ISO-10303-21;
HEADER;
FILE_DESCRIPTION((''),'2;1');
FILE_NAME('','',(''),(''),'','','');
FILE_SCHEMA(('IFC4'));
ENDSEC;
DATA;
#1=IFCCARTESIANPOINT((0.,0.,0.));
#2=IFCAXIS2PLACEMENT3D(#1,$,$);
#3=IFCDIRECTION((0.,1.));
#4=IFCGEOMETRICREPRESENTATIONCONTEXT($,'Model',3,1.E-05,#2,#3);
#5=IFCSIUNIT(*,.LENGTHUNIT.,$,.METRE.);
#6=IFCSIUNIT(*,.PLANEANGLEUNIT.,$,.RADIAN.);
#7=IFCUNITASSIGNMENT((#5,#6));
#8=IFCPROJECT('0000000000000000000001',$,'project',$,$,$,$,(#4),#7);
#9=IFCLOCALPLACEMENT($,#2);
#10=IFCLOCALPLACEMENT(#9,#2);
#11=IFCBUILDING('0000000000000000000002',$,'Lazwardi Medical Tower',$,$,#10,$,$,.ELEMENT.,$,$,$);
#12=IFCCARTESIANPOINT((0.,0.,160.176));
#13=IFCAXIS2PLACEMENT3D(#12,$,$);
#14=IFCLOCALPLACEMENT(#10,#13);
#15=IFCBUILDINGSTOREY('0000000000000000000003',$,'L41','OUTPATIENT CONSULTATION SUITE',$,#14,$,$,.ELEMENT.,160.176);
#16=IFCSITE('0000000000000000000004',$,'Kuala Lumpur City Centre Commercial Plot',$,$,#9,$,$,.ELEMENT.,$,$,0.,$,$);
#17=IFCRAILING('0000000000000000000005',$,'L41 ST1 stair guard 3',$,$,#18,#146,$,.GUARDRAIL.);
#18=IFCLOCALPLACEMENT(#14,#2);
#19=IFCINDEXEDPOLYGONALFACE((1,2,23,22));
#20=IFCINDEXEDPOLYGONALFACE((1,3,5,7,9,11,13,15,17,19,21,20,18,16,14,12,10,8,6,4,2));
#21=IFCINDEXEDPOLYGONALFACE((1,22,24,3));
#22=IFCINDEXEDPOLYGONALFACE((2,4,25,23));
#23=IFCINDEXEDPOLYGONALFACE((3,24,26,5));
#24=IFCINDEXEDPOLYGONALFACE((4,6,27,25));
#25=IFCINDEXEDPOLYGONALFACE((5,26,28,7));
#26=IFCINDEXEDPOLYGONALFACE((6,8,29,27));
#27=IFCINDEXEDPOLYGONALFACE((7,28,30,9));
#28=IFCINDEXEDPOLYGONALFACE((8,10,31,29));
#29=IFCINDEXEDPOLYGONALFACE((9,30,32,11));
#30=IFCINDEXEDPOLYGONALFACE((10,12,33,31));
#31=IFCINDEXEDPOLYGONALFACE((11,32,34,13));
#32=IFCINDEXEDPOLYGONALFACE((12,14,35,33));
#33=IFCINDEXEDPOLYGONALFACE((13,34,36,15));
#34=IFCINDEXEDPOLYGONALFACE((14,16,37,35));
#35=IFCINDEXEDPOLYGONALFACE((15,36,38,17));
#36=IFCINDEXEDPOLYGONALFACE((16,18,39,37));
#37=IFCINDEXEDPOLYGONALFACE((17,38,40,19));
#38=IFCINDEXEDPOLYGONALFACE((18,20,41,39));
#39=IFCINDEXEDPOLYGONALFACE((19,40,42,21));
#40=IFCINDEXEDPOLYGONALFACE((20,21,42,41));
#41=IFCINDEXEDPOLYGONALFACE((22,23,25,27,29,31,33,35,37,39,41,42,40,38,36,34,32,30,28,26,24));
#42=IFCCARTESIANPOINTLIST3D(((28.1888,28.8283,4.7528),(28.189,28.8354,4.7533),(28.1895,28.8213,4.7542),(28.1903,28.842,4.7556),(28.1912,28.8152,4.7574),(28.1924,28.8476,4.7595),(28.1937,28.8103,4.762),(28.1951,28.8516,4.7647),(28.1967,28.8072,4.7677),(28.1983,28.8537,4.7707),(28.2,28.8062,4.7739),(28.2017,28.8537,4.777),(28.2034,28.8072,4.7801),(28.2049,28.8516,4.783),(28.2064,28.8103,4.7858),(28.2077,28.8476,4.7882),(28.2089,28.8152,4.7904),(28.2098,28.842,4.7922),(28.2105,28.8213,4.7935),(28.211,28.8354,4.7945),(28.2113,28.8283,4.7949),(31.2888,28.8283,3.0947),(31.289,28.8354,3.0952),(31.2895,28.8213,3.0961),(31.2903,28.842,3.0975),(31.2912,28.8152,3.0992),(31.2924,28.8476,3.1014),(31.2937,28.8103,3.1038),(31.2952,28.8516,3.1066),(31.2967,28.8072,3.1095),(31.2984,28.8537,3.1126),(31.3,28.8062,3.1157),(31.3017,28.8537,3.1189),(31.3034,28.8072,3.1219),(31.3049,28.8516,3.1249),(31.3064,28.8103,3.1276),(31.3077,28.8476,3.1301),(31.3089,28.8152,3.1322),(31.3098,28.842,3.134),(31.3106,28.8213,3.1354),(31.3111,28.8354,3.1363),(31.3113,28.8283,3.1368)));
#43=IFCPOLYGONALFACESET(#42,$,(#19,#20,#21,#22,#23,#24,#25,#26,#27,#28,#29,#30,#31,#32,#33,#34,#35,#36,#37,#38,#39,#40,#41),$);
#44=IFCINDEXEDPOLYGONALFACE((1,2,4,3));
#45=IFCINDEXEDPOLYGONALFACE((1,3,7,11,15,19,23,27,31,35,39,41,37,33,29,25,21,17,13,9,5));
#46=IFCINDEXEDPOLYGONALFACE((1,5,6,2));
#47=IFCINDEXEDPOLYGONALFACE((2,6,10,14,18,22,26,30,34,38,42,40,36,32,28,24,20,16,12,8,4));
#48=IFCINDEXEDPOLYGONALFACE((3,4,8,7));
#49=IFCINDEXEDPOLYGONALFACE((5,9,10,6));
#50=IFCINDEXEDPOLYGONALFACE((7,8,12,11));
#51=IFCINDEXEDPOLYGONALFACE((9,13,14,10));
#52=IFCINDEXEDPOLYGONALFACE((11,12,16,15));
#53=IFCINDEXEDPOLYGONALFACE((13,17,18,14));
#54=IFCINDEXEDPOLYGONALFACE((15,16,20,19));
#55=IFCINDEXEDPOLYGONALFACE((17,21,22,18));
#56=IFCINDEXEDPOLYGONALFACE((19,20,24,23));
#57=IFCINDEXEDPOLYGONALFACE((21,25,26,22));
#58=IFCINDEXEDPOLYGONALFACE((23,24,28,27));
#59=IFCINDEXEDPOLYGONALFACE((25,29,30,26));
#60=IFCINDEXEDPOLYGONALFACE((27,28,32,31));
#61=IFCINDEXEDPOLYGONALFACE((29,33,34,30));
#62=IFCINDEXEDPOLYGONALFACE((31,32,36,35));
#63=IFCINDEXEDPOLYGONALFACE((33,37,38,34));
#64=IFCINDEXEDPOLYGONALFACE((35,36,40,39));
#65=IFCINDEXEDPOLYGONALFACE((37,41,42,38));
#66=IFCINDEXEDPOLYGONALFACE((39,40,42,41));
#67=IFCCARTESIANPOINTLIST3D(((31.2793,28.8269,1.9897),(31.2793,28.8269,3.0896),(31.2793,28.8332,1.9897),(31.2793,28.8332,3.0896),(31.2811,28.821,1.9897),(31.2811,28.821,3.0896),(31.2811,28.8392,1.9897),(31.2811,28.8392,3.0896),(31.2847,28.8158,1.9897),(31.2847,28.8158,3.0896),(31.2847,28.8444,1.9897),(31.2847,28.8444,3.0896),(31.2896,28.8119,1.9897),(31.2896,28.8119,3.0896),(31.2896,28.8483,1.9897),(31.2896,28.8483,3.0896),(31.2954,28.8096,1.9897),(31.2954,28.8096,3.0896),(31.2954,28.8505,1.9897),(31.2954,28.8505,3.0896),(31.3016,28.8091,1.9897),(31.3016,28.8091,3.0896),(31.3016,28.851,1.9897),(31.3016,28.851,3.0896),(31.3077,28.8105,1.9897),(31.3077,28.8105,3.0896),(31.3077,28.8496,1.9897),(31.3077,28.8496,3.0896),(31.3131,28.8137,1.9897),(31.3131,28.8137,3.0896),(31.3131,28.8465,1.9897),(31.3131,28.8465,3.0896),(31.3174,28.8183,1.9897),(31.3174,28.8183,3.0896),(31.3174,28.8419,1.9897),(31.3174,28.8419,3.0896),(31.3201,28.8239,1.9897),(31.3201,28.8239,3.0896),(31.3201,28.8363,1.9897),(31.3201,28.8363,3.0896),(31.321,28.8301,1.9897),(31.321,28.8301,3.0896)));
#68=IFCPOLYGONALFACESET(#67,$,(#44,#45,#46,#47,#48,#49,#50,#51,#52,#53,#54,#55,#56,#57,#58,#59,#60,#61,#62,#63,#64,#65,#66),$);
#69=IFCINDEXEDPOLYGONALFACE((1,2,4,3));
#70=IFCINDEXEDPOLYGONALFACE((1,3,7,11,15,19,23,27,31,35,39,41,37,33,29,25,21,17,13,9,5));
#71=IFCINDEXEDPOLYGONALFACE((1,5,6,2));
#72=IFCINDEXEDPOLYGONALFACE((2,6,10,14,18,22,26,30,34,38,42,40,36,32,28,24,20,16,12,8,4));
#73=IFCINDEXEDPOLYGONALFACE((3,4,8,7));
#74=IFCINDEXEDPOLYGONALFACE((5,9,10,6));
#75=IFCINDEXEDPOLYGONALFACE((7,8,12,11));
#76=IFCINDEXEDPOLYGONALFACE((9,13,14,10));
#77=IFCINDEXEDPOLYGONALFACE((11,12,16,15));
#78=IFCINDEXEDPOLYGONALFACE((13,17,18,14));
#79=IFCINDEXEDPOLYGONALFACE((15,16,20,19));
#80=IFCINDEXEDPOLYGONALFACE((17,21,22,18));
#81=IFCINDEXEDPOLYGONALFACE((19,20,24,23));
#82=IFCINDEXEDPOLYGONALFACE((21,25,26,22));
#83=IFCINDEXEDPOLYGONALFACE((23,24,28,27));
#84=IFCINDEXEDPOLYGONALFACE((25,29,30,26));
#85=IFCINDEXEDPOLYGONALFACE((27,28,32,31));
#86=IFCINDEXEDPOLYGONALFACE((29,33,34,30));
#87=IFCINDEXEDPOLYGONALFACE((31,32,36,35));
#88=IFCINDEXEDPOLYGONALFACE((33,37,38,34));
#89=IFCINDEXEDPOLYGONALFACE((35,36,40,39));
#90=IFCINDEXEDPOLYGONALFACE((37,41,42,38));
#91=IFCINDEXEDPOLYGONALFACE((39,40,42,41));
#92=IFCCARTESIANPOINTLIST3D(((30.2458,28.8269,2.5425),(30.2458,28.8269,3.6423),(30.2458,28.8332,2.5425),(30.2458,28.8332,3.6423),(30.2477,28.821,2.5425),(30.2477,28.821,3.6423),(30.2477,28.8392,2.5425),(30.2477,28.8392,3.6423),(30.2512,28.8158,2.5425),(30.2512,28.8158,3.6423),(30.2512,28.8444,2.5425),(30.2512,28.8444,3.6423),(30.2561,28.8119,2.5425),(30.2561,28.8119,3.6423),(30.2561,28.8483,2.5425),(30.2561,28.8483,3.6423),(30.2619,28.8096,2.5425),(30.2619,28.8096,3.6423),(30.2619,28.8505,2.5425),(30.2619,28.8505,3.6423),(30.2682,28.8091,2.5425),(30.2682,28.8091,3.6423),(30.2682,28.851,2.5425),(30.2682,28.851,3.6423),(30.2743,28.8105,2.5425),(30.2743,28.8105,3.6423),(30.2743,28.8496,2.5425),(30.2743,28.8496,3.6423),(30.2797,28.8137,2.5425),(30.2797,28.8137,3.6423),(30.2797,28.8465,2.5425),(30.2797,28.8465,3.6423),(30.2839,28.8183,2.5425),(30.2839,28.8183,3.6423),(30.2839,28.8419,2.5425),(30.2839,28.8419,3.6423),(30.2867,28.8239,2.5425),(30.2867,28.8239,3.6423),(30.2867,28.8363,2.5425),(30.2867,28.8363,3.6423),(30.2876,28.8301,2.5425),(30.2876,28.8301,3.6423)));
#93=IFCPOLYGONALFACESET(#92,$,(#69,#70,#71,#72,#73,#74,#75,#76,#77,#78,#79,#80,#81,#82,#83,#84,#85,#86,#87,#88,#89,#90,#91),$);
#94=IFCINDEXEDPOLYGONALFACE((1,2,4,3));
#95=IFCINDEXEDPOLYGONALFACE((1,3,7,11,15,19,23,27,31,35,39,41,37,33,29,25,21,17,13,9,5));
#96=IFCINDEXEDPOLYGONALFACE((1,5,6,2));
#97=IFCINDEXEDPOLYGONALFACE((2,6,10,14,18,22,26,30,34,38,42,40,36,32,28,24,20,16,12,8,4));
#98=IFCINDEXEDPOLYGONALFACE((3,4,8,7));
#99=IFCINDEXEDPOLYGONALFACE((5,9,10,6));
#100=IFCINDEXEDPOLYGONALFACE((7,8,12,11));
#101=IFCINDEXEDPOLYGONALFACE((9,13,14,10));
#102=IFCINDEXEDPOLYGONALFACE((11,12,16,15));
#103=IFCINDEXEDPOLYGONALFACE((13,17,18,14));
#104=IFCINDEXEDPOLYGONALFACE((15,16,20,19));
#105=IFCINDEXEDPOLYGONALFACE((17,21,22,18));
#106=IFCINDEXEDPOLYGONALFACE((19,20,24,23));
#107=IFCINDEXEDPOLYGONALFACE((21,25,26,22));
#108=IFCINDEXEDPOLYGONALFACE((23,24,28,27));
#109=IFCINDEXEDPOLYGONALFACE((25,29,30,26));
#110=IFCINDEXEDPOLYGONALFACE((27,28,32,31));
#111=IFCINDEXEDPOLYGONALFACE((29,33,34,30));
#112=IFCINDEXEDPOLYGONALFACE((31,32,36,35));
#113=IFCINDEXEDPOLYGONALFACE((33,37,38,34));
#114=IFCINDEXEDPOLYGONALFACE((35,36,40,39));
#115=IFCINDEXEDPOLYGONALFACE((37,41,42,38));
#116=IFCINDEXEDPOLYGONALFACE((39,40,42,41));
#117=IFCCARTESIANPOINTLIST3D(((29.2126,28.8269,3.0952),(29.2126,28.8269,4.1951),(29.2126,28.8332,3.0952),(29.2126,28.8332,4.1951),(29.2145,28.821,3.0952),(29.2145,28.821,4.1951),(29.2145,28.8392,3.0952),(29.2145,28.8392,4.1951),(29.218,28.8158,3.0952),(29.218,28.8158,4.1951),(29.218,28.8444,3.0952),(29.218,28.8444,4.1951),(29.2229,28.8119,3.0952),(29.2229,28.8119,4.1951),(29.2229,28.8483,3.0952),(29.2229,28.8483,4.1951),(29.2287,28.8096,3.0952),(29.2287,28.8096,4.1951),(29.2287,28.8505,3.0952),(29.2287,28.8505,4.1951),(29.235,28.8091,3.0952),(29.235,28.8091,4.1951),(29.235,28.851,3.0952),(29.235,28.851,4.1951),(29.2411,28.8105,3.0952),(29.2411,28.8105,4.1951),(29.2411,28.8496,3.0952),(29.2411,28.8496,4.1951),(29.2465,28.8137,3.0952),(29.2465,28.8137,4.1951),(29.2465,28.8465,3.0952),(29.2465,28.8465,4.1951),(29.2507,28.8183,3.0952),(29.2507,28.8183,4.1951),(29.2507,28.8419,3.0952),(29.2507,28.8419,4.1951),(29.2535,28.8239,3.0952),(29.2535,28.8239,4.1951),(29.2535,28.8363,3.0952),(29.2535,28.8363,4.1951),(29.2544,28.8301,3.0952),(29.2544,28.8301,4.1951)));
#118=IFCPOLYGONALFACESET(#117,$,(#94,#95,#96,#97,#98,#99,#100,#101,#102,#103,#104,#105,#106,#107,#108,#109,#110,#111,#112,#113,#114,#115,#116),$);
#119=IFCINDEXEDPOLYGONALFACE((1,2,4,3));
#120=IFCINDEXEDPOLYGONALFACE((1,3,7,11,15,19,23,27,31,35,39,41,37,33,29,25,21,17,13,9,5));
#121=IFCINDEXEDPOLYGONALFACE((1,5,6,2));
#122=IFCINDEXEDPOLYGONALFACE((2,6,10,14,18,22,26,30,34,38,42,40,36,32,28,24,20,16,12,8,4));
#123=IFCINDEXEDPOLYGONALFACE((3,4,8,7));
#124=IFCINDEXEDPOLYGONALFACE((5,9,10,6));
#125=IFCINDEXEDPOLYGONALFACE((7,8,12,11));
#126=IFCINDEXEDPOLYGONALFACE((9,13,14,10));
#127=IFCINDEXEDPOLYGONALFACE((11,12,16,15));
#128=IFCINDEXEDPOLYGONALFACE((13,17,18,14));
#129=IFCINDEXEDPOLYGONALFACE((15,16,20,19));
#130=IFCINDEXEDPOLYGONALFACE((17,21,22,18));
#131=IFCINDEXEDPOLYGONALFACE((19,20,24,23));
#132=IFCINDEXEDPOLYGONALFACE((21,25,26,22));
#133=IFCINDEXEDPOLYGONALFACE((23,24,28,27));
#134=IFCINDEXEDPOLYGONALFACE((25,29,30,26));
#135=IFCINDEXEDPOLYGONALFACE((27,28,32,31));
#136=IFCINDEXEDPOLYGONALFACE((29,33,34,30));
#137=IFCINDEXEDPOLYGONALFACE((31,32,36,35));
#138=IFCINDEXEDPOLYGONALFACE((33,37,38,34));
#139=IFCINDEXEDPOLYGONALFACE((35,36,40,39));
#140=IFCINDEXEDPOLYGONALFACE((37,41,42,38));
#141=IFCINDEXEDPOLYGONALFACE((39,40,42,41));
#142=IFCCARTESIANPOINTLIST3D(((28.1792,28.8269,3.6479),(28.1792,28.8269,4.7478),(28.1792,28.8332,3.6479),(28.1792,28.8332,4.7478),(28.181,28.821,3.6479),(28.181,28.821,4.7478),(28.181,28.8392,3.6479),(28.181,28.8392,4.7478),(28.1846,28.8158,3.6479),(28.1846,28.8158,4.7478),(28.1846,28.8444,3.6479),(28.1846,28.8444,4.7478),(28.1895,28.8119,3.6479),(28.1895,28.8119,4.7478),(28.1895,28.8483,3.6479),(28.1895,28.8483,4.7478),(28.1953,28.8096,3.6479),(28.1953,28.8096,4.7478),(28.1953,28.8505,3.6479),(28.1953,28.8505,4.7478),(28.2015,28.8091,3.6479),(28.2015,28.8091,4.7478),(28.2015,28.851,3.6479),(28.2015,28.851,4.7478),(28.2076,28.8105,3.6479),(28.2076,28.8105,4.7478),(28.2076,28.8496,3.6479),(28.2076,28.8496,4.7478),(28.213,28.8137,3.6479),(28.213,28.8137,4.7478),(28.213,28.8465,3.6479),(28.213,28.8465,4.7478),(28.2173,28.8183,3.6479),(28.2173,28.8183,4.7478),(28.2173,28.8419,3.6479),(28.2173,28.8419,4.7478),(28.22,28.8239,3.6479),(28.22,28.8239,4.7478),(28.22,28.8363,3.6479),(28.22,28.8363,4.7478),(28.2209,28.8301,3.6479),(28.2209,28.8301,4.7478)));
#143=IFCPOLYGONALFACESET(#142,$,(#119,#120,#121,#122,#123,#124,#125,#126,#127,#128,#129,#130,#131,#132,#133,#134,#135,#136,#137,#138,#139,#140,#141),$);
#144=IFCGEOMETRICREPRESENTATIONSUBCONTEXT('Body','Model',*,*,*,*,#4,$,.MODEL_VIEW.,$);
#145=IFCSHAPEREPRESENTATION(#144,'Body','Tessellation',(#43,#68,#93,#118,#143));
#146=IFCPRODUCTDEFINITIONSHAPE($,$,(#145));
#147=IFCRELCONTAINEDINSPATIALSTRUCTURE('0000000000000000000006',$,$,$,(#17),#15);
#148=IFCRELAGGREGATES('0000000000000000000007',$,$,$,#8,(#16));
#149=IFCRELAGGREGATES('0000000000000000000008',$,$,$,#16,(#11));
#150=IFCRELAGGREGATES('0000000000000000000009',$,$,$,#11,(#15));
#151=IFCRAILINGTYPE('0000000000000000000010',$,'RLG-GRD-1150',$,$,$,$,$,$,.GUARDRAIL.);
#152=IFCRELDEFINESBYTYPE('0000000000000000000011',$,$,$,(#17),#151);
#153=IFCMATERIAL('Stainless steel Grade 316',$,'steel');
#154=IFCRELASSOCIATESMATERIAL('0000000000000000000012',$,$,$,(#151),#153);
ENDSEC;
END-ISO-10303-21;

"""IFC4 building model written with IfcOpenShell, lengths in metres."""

from ifc_helpers import new_model, si_unit, direction, frame, origin, origin_2d, place, context, subcontext, project, spatial, circle, extrude, material, type_object, element, save


model = new_model("IFC4")

# Units and contexts
model_context = context("Model", 3, precision=1e-05, world=origin(), true_north=direction((0.0, 1.0)))
body_context = subcontext(model_context, "Body", "Model", "MODEL_VIEW")
ifc_project = project(units=[si_unit("LENGTHUNIT", "METRE"), si_unit("PLANEANGLEUNIT", "RADIAN")], contexts=[model_context])

# Site, building, storey
site_placement = place(None, origin())
site = spatial("IfcSite", under=ifc_project, at=site_placement, Name="Kuala Lumpur City Centre Commercial Plot", CompositionType="ELEMENT", RefElevation=0.0)
building_placement = place(site_placement, origin())
building = spatial("IfcBuilding", under=site, at=building_placement, Name="Lazwardi Medical Tower", CompositionType="ELEMENT")
storey_placement = place(building_placement, frame((0.0, 0.0, 160.176)))
storey = spatial("IfcBuildingStorey", under=building, at=storey_placement, Name="L41", Description="OUTPATIENT CONSULTATION SUITE", CompositionType="ELEMENT", Elevation=160.176)

# Railing
ifc_material_1 = material(Name="Stainless steel Grade 316", Category="steel")
railing_type_1 = type_object("IfcRailingType", Name="RLG-GRD-1150", PredefinedType="GUARDRAIL", material=ifc_material_1)
railing_1_placement = place(storey_placement, frame((31.3, 28.8301, 1.9897)))
element("IfcRailing", 1, at=railing_1_placement, inside=storey, type_object=railing_type_1, Name="L41 ST1 stair guard 3", PredefinedType="GUARDRAIL", context=body_context, shape_type="SweptSolid", body=[
    extrude(circle(Radius=0.0239, at=origin_2d()), frame((0.0, 0.0, 1.126), z_axis=(-0.881783, 0.0, 0.471655), x_axis=(0.0, -1.0, 0.0)), (0.0, 0.0, 1.0), 3.5156),
    extrude(circle(Radius=0.021, at=origin_2d()), origin(), (0.0, 0.0, 1.0), 1.0999),
    extrude(circle(Radius=0.021, at=origin_2d()), frame((-1.0334, 0.0, 0.5527)), (0.0, 0.0, 1.0), 1.0999),
    extrude(circle(Radius=0.021, at=origin_2d()), frame((-2.0667, 0.0, 1.1055)), (0.0, 0.0, 1.0), 1.0999),
    extrude(circle(Radius=0.021, at=origin_2d()), frame((-3.1001, 0.0, 1.6582)), (0.0, 0.0, 1.0), 1.0999),
])

save(model, "model.ifc")
